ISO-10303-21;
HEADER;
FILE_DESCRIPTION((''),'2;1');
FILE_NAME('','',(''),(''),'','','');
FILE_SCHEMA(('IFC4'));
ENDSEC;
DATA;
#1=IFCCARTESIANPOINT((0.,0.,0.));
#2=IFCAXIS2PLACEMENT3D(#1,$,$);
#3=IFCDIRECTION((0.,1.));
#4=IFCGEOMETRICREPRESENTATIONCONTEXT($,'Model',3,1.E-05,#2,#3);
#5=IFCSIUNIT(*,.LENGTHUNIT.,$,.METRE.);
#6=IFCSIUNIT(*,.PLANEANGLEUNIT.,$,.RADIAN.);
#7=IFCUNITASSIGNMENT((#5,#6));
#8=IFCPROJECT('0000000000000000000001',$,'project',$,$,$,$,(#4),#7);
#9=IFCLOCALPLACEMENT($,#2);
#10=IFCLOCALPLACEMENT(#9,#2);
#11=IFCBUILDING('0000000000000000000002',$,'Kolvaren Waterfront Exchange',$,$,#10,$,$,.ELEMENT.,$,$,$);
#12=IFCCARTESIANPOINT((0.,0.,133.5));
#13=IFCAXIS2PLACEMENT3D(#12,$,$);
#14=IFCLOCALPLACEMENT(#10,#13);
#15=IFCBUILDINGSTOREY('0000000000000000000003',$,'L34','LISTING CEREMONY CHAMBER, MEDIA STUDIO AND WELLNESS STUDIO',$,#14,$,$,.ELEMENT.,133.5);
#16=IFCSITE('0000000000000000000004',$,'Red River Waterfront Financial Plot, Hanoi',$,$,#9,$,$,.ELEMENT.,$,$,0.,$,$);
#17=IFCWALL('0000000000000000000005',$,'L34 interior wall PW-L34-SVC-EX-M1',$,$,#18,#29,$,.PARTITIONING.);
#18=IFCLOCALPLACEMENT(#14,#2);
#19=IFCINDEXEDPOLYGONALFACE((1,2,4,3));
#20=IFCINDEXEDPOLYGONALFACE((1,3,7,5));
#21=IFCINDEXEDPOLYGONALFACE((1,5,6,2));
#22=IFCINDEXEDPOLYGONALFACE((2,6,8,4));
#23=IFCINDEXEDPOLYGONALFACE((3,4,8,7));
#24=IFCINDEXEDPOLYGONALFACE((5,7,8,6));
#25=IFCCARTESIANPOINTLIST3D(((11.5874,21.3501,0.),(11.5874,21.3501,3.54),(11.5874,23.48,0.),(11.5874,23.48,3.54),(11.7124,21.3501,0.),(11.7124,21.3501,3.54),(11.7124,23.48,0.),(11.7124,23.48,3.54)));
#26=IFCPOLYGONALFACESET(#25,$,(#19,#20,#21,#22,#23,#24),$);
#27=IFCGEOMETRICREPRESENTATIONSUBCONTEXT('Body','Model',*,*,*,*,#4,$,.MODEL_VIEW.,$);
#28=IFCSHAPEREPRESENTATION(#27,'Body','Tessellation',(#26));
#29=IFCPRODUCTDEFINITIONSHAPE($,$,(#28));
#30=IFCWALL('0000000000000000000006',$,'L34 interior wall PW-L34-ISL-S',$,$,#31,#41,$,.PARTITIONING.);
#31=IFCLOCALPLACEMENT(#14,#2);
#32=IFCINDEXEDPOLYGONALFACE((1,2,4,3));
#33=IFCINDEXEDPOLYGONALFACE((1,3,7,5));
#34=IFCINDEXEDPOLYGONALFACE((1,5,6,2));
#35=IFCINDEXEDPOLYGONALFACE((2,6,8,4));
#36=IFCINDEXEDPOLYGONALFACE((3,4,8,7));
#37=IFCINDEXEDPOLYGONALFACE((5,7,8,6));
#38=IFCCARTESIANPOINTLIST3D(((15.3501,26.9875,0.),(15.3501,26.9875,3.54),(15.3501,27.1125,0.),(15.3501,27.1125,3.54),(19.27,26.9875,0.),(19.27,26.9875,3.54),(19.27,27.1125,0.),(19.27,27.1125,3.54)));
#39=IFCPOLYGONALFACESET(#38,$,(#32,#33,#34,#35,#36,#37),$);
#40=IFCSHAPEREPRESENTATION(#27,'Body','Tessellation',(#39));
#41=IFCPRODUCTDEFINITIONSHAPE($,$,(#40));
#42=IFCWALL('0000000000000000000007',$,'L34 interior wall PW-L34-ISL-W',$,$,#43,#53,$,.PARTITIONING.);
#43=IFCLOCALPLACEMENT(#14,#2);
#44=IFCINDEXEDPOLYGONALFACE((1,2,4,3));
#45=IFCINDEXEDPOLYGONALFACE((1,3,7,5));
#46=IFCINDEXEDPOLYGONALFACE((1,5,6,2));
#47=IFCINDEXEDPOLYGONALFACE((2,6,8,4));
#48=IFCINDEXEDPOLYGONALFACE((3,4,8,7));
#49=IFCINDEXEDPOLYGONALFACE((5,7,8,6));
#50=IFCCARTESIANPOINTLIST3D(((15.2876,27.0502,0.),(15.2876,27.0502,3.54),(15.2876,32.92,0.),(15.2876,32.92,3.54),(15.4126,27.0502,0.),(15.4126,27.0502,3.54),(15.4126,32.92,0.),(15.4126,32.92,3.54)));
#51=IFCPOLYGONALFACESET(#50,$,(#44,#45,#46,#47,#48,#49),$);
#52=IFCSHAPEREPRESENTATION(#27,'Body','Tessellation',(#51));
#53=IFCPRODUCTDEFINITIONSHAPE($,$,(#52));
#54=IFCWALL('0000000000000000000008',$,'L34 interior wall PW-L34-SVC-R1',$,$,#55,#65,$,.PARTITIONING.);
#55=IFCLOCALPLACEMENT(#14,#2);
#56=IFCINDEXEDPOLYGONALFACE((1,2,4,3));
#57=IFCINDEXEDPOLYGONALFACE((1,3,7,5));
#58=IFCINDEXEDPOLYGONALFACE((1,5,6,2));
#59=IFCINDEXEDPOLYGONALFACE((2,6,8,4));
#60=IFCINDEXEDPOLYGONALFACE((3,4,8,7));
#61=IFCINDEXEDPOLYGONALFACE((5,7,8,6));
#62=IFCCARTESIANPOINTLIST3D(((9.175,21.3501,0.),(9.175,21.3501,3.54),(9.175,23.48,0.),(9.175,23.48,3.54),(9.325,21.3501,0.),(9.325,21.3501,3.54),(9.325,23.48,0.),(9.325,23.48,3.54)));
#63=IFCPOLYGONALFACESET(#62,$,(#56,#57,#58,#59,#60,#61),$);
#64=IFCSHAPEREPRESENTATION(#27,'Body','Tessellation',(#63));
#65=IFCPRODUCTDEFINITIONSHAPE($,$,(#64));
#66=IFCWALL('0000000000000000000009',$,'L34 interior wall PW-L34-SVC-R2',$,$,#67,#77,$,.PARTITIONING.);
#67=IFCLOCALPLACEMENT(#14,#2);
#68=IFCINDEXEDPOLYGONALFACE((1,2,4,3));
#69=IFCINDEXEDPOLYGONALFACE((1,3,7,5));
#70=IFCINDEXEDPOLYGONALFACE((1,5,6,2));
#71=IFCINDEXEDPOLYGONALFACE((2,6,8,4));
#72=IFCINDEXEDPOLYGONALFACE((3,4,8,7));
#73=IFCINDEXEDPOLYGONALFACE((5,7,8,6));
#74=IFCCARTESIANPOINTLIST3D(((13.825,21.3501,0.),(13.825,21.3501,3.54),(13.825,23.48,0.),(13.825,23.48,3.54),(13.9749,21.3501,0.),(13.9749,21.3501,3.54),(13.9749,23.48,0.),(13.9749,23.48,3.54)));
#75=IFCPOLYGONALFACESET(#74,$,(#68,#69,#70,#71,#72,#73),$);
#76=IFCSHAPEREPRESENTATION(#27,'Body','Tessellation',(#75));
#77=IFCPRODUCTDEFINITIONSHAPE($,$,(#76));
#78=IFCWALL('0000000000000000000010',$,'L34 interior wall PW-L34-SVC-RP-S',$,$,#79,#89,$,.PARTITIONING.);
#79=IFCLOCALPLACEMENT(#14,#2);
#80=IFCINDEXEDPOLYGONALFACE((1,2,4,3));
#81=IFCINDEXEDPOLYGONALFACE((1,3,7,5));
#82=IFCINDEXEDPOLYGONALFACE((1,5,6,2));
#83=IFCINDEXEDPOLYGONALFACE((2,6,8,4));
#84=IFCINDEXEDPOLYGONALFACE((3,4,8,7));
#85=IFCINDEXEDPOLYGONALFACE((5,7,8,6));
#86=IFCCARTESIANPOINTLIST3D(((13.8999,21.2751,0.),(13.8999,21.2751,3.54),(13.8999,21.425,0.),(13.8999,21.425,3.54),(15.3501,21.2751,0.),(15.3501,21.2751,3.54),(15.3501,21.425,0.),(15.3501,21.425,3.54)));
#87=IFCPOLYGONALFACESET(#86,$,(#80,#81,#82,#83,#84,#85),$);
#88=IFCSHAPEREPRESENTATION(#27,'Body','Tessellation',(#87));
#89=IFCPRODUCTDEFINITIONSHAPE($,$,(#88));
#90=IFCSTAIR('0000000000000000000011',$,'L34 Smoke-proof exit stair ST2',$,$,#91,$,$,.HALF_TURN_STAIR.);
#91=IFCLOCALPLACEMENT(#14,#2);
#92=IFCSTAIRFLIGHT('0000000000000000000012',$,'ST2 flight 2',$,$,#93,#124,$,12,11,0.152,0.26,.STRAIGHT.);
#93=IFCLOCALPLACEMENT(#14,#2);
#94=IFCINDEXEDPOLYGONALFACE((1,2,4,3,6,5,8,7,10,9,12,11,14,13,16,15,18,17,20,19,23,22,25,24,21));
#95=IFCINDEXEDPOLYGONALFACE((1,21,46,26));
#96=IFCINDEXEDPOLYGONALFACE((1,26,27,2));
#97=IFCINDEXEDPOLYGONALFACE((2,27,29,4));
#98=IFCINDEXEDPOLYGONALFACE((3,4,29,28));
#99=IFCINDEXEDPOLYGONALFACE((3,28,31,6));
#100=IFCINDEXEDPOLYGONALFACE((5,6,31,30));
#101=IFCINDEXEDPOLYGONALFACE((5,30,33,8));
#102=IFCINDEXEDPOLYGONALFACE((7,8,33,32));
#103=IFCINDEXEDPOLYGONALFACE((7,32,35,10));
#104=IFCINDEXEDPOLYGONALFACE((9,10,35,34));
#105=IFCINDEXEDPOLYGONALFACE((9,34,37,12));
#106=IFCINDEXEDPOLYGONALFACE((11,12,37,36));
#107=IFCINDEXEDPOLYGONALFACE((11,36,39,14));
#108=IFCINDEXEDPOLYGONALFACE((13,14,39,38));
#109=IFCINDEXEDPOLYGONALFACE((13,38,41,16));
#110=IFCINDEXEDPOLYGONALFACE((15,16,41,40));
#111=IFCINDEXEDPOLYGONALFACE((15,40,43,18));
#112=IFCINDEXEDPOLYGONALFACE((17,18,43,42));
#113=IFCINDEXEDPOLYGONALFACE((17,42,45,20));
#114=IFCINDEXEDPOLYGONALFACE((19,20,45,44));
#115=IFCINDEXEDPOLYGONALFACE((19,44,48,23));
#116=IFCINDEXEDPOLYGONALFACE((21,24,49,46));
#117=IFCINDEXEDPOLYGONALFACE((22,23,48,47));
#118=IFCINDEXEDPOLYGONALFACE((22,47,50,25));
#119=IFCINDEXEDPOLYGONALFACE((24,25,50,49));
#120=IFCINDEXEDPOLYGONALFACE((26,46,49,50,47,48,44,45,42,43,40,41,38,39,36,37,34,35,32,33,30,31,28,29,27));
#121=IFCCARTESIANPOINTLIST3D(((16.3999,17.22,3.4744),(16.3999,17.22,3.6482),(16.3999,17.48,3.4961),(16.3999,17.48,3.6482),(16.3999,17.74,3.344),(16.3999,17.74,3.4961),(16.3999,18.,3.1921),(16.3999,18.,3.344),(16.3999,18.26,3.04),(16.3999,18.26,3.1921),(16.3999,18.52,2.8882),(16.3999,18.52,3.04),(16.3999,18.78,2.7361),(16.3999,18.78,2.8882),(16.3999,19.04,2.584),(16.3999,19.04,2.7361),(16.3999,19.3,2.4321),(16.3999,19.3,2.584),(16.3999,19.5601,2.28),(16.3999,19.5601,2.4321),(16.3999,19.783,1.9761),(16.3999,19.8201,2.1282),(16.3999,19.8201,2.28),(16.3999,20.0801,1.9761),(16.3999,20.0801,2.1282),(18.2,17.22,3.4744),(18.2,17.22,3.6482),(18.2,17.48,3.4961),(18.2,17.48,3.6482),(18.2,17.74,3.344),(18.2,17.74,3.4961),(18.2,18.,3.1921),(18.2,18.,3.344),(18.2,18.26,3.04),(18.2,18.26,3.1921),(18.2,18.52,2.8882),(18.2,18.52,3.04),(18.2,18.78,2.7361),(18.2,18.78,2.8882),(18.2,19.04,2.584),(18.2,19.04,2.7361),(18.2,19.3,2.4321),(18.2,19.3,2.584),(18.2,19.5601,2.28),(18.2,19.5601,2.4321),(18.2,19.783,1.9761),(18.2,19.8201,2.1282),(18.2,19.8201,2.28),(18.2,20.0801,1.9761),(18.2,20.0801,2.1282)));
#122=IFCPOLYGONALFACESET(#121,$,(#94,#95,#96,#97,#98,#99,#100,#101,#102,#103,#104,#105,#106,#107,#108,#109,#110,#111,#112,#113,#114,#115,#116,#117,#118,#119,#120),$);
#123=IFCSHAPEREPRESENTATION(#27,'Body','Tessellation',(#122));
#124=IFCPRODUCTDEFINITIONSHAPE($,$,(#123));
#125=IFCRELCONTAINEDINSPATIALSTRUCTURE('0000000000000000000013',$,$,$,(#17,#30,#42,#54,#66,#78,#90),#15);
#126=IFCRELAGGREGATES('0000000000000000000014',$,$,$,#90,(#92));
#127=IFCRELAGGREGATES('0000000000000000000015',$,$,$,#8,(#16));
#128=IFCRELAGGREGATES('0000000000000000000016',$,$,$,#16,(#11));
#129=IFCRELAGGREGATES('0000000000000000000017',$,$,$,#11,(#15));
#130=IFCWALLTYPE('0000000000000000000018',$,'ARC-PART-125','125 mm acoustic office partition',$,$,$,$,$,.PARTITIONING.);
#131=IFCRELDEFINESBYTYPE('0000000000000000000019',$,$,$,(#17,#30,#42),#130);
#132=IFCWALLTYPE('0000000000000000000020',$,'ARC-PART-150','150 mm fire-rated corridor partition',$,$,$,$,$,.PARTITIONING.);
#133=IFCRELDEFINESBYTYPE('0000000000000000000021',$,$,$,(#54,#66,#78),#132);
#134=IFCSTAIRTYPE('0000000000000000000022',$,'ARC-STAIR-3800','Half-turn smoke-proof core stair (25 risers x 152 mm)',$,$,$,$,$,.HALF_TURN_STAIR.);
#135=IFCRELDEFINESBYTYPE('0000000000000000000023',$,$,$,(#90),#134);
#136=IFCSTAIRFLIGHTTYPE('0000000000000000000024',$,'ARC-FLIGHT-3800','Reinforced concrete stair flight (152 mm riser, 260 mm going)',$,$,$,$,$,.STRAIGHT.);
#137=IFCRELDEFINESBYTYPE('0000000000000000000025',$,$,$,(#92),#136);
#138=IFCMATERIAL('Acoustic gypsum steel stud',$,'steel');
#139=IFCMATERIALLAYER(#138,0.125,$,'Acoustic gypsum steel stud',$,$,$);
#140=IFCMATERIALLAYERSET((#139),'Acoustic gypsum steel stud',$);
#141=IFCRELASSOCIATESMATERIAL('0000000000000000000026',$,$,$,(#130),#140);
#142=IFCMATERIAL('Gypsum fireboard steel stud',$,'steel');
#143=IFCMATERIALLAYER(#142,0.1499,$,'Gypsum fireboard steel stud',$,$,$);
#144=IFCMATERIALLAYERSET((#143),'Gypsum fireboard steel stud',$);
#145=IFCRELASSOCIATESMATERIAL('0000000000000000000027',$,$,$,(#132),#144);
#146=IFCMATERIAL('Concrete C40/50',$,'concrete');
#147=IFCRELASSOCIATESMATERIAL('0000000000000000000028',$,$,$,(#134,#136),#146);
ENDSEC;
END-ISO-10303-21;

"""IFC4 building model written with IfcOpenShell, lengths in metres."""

from ifc_helpers import new_model, si_unit, direction, frame, frame_2d, origin, place, context, subcontext, project, spatial, polyline, rectangle, outline, extrude, material, layer, layer_set, type_object, element, aggregate, save


model = new_model("IFC4")

# Units and contexts
model_context = context("Model", 3, precision=1e-05, world=origin(), true_north=direction((0.0, 1.0)))
body_context = subcontext(model_context, "Body", "Model", "MODEL_VIEW")
ifc_project = project(units=[si_unit("LENGTHUNIT", "METRE"), si_unit("PLANEANGLEUNIT", "RADIAN")], contexts=[model_context])

# Site, building, storey
site_placement = place(None, origin())
site = spatial("IfcSite", under=ifc_project, at=site_placement, Name="Red River Waterfront Financial Plot, Hanoi", CompositionType="ELEMENT", RefElevation=0.0)
building_placement = place(site_placement, origin())
building = spatial("IfcBuilding", under=site, at=building_placement, Name="Kolvaren Waterfront Exchange", CompositionType="ELEMENT")
storey_placement = place(building_placement, frame((0.0, 0.0, 133.5)))
storey = spatial("IfcBuildingStorey", under=building, at=storey_placement, Name="L34", Description="LISTING CEREMONY CHAMBER, MEDIA STUDIO AND WELLNESS STUDIO", CompositionType="ELEMENT", Elevation=133.5)

# Shared definitions
ifc_material_1 = material(Name="Acoustic gypsum steel stud", Category="steel")
ifc_layer_1 = layer(ifc_material_1, 0.125, Name="Acoustic gypsum steel stud")
ifc_layer_set_1 = layer_set([ifc_layer_1], Name="Acoustic gypsum steel stud")
wall_type_1 = type_object("IfcWallType", Name="ARC-PART-125", Description="125 mm acoustic office partition", PredefinedType="PARTITIONING", material=ifc_layer_set_1)

# Walls
wall_1_placement = place(storey_placement, frame((11.6499, 21.3501, 0.0), z_axis=(0.0, 0.0, 1.0), x_axis=(0.0, 1.0, 0.0)))
element("IfcWall", 1, at=wall_1_placement, inside=storey, type_object=wall_type_1, Name="L34 interior wall PW-L34-SVC-EX-M1", PredefinedType="PARTITIONING", context=body_context, shape_type="SweptSolid", body=[
    extrude(rectangle(XDim=2.1299, YDim=0.125, at=frame_2d((1.0649, 0.0))), origin(), (0.0, 0.0, 1.0), 3.54),
])
wall_2_placement = place(storey_placement, frame((15.3501, 27.05, 0.0), z_axis=(0.0, 0.0, 1.0), x_axis=(1.0, 0.0, 0.0)))
element("IfcWall", 2, at=wall_2_placement, inside=storey, type_object=wall_type_1, Name="L34 interior wall PW-L34-ISL-S", PredefinedType="PARTITIONING", context=body_context, shape_type="SweptSolid", body=[
    extrude(rectangle(XDim=3.9199, YDim=0.125, at=frame_2d((1.96, 0.0))), origin(), (0.0, 0.0, 1.0), 3.54),
])
wall_3_placement = place(storey_placement, frame((15.3501, 27.05, 0.0), z_axis=(0.0, 0.0, 1.0), x_axis=(0.0, 1.0, 0.0)))
element("IfcWall", 3, at=wall_3_placement, inside=storey, type_object=wall_type_1, Name="L34 interior wall PW-L34-ISL-W", PredefinedType="PARTITIONING", context=body_context, shape_type="SweptSolid", body=[
    extrude(rectangle(XDim=5.8699, YDim=0.125, at=frame_2d((2.9351, 0.0))), origin(), (0.0, 0.0, 1.0), 3.54),
])
ifc_material_2 = material(Name="Gypsum fireboard steel stud", Category="steel")
ifc_layer_2 = layer(ifc_material_2, 0.1499, Name="Gypsum fireboard steel stud")
ifc_layer_set_2 = layer_set([ifc_layer_2], Name="Gypsum fireboard steel stud")
wall_type_2 = type_object("IfcWallType", Name="ARC-PART-150", Description="150 mm fire-rated corridor partition", PredefinedType="PARTITIONING", material=ifc_layer_set_2)
for number, where, z_axis, x_axis, name in (
    (4, (9.25, 21.3501, 0.0), (0.0, 0.0, 1.0), (0.0, 1.0, 0.0), "L34 interior wall PW-L34-SVC-R1"),
    (5, (13.8999, 21.3501, 0.0), (0.0, 0.0, 1.0), (0.0, 1.0, 0.0), "L34 interior wall PW-L34-SVC-R2"),
):
    element("IfcWall", number, at=place(storey_placement, frame(where, z_axis=z_axis, x_axis=x_axis)), inside=storey, type_object=wall_type_2, Name=name, PredefinedType="PARTITIONING", context=body_context, shape_type="SweptSolid", body=[
        extrude(rectangle(XDim=2.1299, YDim=0.1499, at=frame_2d((1.0649, 0.0))), origin(), (0.0, 0.0, 1.0), 3.54),
    ])
wall_4_placement = place(storey_placement, frame((13.8999, 21.3501, 0.0), z_axis=(0.0, 0.0, 1.0), x_axis=(1.0, 0.0, 0.0)))
element("IfcWall", 6, at=wall_4_placement, inside=storey, type_object=wall_type_2, Name="L34 interior wall PW-L34-SVC-RP-S", PredefinedType="PARTITIONING", context=body_context, shape_type="SweptSolid", body=[
    extrude(rectangle(XDim=1.4502, YDim=0.1499, at=frame_2d((0.7251, 0.0))), origin(), (0.0, 0.0, 1.0), 3.54),
])

# Stair, stair flight
ifc_material_3 = material(Name="Concrete C40/50", Category="concrete")
stair_type = type_object("IfcStairType", Name="ARC-STAIR-3800", Description="Half-turn smoke-proof core stair (25 risers x 152 mm)", PredefinedType="HALF_TURN_STAIR", material=ifc_material_3)
stair_placement = place(storey_placement, origin())
stair = element("IfcStair", 7, at=stair_placement, inside=storey, type_object=stair_type, Name="L34 Smoke-proof exit stair ST2", PredefinedType="HALF_TURN_STAIR")
stair_flight_type = type_object("IfcStairFlightType", Name="ARC-FLIGHT-3800", Description="Reinforced concrete stair flight (152 mm riser, 260 mm going)", PredefinedType="STRAIGHT", material=ifc_material_3)
stair_flight_placement = place(storey_placement, frame((17.3, 20.0801, 1.9761), z_axis=(0.0, 0.0, 1.0), x_axis=(0.0, -1.0, 0.0)))
stair_flight = element("IfcStairFlight", 8, at=stair_flight_placement, type_object=stair_flight_type, Name="ST2 flight 2", NumberOfRisers=12, NumberOfTreads=11, PredefinedType="STRAIGHT", RiserHeight=0.152, TreadLength=0.26, context=body_context, shape_type="SweptSolid", body=[
    extrude(outline(polyline([(0.0, 0.0), (0.0, 0.1521), (0.26, 0.1521), (0.26, 0.304), (0.52, 0.304), (0.52, 0.4561), (0.78, 0.4561), (0.78, 0.6079), (1.04, 0.6079), (1.04, 0.76), (1.3, 0.76), (1.3, 0.9121), (1.5601, 0.9121), (1.5601, 1.064), (1.8201, 1.064), (1.8201, 1.2161), (2.0801, 1.2161), (2.0801, 1.3679), (2.3401, 1.3679), (2.3401, 1.52), (2.6001, 1.52), (2.6001, 1.6721), (2.8601, 1.6721), (2.8601, 1.824), (2.8601, 1.4983), (0.2971, 0.0), (0.0, 0.0)])), frame((0.0, 0.8999, 0.0), z_axis=(0.0, -1.0, 0.0), x_axis=(1.0, 0.0, 0.0)), (0.0, 0.0, 1.0), 1.8),
])
aggregate(stair, [stair_flight])

save(model, "model.ifc")
